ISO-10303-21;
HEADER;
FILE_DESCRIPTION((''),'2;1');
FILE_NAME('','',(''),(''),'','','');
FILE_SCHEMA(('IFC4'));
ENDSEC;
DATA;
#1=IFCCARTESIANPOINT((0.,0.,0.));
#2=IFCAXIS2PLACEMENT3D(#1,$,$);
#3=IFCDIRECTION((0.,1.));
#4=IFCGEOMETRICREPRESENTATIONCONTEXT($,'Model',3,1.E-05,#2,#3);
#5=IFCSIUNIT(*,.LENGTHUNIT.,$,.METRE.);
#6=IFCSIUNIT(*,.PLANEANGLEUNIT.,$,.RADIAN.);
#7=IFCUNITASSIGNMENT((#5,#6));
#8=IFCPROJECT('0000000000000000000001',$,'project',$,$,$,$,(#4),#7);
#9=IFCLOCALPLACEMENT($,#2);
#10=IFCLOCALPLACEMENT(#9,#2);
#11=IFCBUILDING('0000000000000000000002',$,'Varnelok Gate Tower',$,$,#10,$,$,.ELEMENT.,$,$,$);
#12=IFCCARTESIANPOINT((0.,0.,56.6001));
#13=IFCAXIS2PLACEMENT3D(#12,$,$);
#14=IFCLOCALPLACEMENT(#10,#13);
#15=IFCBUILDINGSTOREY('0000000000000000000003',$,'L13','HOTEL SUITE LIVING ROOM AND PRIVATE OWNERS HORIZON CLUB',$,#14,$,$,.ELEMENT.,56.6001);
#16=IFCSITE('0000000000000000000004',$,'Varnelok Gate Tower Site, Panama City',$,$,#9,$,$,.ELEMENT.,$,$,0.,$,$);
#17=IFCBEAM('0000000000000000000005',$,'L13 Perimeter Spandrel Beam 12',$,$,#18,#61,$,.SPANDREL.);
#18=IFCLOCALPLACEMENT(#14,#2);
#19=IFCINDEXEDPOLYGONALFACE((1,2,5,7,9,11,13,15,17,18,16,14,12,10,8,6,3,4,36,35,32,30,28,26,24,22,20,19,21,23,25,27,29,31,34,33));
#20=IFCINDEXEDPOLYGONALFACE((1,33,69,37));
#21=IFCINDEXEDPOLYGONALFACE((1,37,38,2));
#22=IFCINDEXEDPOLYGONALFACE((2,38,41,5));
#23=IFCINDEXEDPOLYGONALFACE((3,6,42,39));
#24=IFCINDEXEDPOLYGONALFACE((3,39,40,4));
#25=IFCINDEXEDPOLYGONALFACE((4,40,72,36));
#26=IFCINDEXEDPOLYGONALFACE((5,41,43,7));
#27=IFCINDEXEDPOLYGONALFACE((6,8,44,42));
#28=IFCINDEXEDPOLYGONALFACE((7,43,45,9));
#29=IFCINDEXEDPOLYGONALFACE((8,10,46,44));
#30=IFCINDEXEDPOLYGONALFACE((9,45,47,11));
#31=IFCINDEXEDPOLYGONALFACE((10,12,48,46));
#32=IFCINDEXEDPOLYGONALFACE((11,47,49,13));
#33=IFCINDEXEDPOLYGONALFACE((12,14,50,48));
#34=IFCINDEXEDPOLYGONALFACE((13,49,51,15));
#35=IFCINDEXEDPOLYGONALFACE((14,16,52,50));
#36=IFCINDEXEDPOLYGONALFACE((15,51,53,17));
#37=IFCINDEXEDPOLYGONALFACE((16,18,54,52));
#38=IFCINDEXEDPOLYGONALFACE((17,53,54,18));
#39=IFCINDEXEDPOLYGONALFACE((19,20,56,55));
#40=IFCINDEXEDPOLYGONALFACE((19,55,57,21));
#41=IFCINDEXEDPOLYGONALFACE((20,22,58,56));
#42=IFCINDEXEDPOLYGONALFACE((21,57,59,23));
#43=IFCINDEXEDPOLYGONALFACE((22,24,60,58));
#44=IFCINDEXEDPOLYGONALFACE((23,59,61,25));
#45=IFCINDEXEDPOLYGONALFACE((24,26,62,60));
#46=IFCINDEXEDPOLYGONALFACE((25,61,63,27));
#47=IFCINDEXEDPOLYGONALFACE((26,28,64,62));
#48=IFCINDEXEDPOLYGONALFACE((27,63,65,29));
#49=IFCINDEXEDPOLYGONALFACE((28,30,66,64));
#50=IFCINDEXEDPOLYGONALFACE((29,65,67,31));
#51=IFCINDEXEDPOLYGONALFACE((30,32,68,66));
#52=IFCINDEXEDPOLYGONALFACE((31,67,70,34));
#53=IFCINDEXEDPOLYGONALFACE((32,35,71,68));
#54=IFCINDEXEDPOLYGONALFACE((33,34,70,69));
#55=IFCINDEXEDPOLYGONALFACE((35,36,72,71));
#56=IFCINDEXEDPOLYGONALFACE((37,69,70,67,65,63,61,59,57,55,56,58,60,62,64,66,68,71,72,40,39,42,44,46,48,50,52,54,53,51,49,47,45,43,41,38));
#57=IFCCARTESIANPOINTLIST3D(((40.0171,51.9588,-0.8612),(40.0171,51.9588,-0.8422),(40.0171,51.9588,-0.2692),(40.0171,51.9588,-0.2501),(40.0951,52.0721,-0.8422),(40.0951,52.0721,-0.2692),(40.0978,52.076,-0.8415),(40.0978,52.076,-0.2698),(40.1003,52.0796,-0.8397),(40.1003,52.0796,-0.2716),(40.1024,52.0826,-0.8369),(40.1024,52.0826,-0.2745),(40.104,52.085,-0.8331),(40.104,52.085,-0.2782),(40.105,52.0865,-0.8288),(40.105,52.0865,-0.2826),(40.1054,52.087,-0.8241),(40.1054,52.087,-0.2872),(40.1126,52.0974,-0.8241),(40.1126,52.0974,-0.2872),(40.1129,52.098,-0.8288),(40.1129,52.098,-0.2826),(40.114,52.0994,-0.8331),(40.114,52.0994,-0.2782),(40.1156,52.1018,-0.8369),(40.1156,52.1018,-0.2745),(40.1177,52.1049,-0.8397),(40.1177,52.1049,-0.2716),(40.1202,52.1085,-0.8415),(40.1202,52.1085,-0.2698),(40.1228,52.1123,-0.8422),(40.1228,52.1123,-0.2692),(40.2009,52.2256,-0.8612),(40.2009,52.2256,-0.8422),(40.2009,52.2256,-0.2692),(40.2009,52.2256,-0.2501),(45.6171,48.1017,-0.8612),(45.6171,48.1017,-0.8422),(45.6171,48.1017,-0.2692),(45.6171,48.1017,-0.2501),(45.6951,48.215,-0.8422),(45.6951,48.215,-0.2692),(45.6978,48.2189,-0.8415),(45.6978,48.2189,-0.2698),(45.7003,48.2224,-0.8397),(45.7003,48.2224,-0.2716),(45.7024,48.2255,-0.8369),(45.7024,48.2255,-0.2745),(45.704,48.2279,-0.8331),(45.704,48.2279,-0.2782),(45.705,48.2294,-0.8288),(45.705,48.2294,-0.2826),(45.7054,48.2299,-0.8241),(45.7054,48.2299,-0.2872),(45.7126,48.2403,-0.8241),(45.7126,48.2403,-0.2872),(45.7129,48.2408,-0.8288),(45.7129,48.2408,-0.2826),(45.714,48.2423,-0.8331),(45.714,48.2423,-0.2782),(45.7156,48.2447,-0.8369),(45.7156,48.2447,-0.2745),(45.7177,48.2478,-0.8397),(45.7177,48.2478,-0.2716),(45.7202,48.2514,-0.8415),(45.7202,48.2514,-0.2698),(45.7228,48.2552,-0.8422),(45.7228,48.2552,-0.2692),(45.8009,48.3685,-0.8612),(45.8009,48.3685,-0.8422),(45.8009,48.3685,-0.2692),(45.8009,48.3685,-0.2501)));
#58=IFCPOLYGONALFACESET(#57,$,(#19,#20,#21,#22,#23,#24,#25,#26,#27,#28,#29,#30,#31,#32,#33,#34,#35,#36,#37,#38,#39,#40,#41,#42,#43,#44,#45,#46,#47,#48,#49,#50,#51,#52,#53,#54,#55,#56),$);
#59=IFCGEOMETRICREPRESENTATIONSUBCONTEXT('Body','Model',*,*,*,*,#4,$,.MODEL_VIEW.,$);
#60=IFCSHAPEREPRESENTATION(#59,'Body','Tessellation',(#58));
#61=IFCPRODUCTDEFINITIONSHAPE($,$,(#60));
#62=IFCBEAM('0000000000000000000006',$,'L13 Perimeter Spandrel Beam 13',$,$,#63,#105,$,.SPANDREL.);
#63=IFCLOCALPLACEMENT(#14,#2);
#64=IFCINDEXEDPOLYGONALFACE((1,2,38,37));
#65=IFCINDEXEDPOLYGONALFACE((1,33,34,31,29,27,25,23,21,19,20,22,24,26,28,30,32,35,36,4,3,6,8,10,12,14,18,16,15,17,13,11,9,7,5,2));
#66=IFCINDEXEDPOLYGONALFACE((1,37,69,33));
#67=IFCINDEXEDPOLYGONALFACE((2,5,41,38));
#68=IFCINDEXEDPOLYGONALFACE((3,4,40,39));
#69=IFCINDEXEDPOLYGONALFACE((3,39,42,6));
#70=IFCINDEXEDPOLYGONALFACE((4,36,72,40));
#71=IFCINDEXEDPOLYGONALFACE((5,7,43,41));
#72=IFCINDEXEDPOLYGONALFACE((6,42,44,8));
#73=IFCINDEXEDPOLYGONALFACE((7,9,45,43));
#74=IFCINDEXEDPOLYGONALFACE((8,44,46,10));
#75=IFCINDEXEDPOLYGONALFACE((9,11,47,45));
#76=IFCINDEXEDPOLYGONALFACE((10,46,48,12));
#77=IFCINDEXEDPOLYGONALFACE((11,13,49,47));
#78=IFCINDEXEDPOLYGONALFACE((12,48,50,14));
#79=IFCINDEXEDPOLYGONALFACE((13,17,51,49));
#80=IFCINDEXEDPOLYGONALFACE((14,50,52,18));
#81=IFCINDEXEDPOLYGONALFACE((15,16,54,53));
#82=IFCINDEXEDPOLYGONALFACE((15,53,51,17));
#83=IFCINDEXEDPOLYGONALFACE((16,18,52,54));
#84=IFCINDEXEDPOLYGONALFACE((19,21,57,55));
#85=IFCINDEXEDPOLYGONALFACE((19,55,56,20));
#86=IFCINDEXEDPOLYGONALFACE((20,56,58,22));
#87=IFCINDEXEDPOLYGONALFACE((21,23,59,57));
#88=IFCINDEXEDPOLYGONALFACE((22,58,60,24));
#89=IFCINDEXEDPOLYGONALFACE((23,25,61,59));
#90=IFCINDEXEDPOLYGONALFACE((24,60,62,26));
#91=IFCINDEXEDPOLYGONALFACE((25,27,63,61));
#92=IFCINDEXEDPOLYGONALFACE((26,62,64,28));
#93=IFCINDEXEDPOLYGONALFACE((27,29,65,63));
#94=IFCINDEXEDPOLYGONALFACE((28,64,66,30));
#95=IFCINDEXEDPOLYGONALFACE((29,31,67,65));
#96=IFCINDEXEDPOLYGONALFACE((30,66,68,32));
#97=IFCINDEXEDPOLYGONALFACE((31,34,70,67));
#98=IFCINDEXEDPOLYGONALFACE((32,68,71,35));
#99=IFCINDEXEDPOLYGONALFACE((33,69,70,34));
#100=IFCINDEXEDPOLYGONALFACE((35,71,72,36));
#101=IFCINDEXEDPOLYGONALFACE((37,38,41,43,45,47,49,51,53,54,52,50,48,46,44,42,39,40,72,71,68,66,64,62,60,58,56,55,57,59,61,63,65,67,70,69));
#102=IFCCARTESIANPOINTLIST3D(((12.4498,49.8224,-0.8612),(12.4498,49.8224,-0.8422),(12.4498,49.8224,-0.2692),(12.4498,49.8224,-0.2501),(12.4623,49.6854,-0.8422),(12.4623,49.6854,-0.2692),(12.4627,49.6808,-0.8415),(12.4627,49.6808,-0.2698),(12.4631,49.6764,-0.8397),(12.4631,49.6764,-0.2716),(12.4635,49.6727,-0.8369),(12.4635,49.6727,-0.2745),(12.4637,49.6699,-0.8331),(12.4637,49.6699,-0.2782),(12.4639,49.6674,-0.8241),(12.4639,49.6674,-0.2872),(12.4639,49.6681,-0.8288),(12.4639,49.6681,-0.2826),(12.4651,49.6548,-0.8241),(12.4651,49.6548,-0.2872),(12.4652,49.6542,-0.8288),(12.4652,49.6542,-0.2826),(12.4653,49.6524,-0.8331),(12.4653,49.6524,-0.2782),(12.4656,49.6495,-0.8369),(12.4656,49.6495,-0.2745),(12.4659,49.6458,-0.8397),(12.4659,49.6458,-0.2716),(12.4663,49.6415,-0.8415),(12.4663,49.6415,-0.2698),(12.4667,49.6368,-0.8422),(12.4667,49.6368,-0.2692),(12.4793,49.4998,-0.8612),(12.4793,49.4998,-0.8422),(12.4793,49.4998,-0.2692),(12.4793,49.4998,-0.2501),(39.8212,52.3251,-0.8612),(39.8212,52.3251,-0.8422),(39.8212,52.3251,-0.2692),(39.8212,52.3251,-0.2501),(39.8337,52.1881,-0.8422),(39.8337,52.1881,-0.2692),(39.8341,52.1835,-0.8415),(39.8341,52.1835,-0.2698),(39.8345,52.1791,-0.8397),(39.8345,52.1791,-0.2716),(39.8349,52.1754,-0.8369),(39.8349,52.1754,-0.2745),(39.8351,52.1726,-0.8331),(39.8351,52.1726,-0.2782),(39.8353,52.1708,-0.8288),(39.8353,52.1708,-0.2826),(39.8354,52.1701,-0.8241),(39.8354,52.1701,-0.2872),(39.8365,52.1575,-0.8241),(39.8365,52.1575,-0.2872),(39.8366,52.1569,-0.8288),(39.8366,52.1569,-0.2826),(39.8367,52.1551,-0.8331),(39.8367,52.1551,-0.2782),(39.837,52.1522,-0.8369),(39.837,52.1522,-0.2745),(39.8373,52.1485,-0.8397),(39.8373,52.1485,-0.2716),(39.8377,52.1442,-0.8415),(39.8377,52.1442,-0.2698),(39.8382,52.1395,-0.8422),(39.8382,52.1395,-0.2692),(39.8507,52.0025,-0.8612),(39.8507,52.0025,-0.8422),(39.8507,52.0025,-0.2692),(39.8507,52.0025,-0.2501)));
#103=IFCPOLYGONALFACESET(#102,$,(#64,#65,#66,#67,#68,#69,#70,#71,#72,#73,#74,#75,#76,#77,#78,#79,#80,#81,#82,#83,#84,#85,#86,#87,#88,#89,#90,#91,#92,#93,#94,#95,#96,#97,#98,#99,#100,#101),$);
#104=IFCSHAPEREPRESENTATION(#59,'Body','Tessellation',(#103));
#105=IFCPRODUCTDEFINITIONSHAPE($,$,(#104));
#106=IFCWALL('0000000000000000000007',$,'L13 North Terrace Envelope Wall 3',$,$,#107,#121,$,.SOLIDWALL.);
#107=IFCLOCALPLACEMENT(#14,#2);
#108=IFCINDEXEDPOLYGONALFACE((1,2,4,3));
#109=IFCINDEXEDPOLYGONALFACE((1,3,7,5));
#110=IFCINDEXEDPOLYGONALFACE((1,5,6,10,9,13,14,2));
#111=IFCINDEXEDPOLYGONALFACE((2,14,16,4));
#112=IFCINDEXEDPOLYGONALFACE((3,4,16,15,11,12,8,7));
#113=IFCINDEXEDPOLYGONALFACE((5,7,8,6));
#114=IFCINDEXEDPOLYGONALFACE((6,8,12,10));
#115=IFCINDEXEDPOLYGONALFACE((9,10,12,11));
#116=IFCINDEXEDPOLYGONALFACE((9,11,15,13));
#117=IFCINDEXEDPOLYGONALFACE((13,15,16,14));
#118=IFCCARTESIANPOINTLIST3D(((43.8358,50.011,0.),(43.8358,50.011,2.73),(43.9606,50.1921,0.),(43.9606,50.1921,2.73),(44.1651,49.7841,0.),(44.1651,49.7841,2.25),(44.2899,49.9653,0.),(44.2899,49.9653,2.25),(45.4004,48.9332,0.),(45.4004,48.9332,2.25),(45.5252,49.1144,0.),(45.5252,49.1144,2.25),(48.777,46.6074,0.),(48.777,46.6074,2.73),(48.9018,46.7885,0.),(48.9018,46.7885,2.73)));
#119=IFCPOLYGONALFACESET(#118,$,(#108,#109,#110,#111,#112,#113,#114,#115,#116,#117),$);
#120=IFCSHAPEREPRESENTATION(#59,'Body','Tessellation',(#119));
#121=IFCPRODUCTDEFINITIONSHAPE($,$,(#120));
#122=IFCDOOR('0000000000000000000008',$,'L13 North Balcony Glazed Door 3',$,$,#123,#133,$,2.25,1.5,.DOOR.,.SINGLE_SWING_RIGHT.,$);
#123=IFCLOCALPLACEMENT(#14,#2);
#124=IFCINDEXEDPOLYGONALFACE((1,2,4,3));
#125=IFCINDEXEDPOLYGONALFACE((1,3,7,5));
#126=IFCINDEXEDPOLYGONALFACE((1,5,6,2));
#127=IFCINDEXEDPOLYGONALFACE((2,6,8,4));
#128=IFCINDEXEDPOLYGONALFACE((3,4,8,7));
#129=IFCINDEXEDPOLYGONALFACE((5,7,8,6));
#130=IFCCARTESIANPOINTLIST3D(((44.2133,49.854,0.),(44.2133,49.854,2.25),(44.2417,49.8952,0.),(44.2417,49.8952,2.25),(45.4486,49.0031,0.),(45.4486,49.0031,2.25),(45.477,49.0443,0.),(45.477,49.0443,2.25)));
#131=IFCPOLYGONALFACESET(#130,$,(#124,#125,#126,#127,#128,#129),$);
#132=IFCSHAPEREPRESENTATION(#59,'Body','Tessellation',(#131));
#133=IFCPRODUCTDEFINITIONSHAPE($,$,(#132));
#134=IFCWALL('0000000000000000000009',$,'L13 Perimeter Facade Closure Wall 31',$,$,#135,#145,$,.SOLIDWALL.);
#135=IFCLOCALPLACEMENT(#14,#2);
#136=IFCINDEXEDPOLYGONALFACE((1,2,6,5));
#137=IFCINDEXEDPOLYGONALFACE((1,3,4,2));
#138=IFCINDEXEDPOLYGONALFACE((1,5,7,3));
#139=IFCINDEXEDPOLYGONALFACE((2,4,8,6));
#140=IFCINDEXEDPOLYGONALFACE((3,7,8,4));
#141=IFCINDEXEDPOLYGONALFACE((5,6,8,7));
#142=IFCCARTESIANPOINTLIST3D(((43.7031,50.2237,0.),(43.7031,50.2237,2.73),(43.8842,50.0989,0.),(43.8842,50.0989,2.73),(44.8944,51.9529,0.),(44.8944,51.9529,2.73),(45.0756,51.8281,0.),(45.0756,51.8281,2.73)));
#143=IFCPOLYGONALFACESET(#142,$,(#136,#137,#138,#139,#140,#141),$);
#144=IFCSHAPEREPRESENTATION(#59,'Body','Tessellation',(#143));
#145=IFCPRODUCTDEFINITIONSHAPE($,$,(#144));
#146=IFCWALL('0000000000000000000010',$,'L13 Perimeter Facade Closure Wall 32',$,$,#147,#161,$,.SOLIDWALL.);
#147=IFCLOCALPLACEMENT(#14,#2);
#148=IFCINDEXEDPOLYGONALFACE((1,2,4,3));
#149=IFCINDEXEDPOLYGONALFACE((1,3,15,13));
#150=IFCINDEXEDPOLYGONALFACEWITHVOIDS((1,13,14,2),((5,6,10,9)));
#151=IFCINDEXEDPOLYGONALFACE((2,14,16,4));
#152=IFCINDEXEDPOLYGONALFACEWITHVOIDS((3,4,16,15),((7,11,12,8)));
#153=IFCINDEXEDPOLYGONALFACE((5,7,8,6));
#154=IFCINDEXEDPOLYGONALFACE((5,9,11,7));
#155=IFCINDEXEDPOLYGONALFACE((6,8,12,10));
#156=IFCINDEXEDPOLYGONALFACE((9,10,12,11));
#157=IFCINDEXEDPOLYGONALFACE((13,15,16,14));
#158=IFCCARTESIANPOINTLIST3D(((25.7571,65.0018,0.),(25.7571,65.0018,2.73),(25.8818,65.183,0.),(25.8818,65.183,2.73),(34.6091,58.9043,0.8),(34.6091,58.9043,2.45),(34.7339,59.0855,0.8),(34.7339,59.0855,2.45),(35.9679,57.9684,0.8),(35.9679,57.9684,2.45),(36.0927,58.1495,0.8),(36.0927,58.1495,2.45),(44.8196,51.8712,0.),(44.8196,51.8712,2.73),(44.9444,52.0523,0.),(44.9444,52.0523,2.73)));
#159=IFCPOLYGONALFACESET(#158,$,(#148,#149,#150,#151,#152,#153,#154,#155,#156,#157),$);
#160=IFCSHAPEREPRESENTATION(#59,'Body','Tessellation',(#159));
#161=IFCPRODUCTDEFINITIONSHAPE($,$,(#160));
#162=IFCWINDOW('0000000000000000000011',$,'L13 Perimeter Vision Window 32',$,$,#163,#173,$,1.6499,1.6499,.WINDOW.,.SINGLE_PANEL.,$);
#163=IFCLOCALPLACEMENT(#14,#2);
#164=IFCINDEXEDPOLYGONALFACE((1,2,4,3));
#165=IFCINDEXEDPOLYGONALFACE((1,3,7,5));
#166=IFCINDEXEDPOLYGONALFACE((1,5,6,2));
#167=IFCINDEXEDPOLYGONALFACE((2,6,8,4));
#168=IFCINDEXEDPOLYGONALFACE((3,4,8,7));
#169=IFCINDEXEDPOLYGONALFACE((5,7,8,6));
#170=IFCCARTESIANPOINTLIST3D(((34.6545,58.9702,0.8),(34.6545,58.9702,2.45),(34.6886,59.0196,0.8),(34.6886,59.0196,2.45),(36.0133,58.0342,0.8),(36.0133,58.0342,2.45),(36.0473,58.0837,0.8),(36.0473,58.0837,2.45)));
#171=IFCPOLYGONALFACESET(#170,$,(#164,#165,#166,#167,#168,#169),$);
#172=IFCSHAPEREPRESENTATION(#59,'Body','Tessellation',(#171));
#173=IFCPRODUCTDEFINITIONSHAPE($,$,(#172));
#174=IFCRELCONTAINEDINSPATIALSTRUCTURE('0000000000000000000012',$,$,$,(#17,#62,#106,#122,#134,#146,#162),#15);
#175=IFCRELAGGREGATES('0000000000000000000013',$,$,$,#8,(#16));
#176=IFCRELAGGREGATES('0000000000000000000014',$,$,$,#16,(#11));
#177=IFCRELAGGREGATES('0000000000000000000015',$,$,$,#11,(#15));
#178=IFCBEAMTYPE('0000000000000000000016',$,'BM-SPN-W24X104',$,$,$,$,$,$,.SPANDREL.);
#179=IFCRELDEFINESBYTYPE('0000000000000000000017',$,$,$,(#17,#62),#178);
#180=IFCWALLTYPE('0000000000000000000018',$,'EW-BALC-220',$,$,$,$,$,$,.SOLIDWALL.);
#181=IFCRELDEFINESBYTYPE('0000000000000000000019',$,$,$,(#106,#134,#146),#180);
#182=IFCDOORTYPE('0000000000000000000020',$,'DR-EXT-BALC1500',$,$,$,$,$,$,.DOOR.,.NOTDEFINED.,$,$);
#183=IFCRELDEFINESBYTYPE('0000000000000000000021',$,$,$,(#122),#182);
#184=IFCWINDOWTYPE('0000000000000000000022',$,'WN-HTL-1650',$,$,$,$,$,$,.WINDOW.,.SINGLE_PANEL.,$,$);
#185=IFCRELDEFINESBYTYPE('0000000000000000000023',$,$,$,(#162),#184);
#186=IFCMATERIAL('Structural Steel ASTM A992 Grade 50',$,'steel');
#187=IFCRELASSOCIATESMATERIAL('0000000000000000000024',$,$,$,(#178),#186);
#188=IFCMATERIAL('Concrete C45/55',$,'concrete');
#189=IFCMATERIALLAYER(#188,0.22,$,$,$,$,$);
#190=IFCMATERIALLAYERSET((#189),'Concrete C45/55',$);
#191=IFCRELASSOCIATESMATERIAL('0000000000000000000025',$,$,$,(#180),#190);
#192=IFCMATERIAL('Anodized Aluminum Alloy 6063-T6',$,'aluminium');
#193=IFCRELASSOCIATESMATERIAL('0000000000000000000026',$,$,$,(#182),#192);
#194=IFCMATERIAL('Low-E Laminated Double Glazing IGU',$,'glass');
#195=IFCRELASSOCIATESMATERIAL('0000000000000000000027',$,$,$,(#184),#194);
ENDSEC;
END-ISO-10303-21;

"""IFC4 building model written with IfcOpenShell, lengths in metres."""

from ifc_helpers import new_model, si_unit, direction, frame, frame_2d, origin, origin_2d, place, context, subcontext, project, spatial, rectangle, i_section, extrude, material, layer, layer_set, material_profile, profile_set, type_object, element, fill, save


model = new_model("IFC4")

# Units and contexts
model_context = context("Model", 3, precision=1e-05, world=origin(), true_north=direction((0.0, 1.0)))
body_context = subcontext(model_context, "Body", "Model", "MODEL_VIEW")
ifc_project = project(units=[si_unit("LENGTHUNIT", "METRE"), si_unit("PLANEANGLEUNIT", "RADIAN")], contexts=[model_context])

# Site, building, storey
site_placement = place(None, origin())
site = spatial("IfcSite", under=ifc_project, at=site_placement, Name="Varnelok Gate Tower Site, Panama City", CompositionType="ELEMENT", RefElevation=0.0)
building_placement = place(site_placement, origin())
building = spatial("IfcBuilding", under=site, at=building_placement, Name="Varnelok Gate Tower", CompositionType="ELEMENT")
storey_placement = place(building_placement, frame((0.0, 0.0, 56.6001)))
storey = spatial("IfcBuildingStorey", under=building, at=storey_placement, Name="L13", Description="HOTEL SUITE LIVING ROOM AND PRIVATE OWNERS HORIZON CLUB", CompositionType="ELEMENT", Elevation=56.6001)

# Shared definitions
ifc_material_1 = material(Name="Structural Steel ASTM A992 Grade 50", Category="steel")

# Beams
ifc_material_profile_1 = material_profile(ifc_material_1, i_section(OverallWidth=0.324, OverallDepth=0.6111, WebThickness=0.0127, FlangeThickness=0.019, FilletRadius=0.0181, at=origin_2d()), Name="W24X104")
ifc_profile_set_1 = profile_set([ifc_material_profile_1], Name="Structural Steel ASTM A992 Grade 50")
beam_type_1 = type_object("IfcBeamType", Name="BM-SPN-W24X104", PredefinedType="SPANDREL", material=ifc_profile_set_1)
beam_1_placement = place(storey_placement, frame((45.709, 48.2351, -0.5557), z_axis=(-0.823553, 0.567239, 0.0), x_axis=(-0.567239, -0.823553, 0.0)))
element("IfcBeam", 1, at=beam_1_placement, inside=storey, type_object=beam_type_1, Name="L13 Perimeter Spandrel Beam 12", PredefinedType="SPANDREL", context=body_context, shape_type="SweptSolid", body=[
    extrude(i_section(OverallWidth=0.324, OverallDepth=0.6111, WebThickness=0.0127, FlangeThickness=0.019, FilletRadius=0.0181, at=origin_2d()), origin(), (0.0, 0.0, 1.0), 6.7998),
])
beam_2_placement = place(storey_placement, frame((39.8359, 52.1638, -0.5557), z_axis=(-0.995846, -0.091055, 0.0), x_axis=(0.091055, -0.995846, 0.0)))
element("IfcBeam", 2, at=beam_2_placement, inside=storey, type_object=beam_type_1, Name="L13 Perimeter Spandrel Beam 13", PredefinedType="SPANDREL", context=body_context, shape_type="SweptSolid", body=[
    extrude(i_section(OverallWidth=0.324, OverallDepth=0.6111, WebThickness=0.0127, FlangeThickness=0.019, FilletRadius=0.0181, at=origin_2d()), origin(), (0.0, 0.0, 1.0), 27.4856),
])

# Wall, opening, door
ifc_material_2 = material(Name="Concrete C45/55", Category="concrete")
ifc_layer_1 = layer(ifc_material_2, 0.22)
ifc_layer_set_1 = layer_set([ifc_layer_1], Name="Concrete C45/55")
wall_type_1 = type_object("IfcWallType", Name="EW-BALC-220", PredefinedType="SOLIDWALL", material=ifc_layer_set_1)
wall_1_placement = place(storey_placement, frame((43.8982, 50.1016, 0.0), z_axis=(0.0, 0.0, 1.0), x_axis=(0.823535, -0.567266, 0.0)))
wall_1 = element("IfcWall", 3, at=wall_1_placement, inside=storey, type_object=wall_type_1, Name="L13 North Terrace Envelope Wall 3", PredefinedType="SOLIDWALL", context=body_context, shape_type="SweptSolid", body=[
    extrude(rectangle(XDim=6.0, YDim=0.22, at=frame_2d((3.0, 0.0))), origin(), (0.0, 0.0, 1.0), 2.73),
])
opening_1_placement = place(wall_1_placement, frame((0.3999, 0.0, 0.0)))
opening_1 = element("IfcOpeningElement", 4, at=opening_1_placement, cuts=wall_1, PredefinedType="OPENING", context=body_context, shape_type="SweptSolid", body=[
    extrude(rectangle(XDim=1.5, YDim=2.25, at=frame_2d((0.75, 1.125))), frame((0.0, 0.1199, 0.0), z_axis=(0.0, -1.0, 0.0), x_axis=(1.0, 0.0, 0.0)), (0.0, 0.0, 1.0), 0.24),
])
ifc_material_3 = material(Name="Anodized Aluminum Alloy 6063-T6", Category="aluminium")
door_type_1 = type_object("IfcDoorType", Name="DR-EXT-BALC1500", OperationType="NOTDEFINED", PredefinedType="DOOR", material=ifc_material_3)
door_1_placement = place(opening_1_placement, origin())
door_1 = element("IfcDoor", 5, at=door_1_placement, inside=storey, type_object=door_type_1, Name="L13 North Balcony Glazed Door 3", OperationType="SINGLE_SWING_RIGHT", OverallHeight=2.25, OverallWidth=1.5, PredefinedType="DOOR", context=body_context, shape_type="SweptSolid", body=[
    extrude(rectangle(XDim=1.5, YDim=2.25, at=frame_2d((0.75, 1.125))), frame((0.0, 0.0249, 0.0), z_axis=(0.0, -1.0, 0.0), x_axis=(1.0, 0.0, 0.0)), (0.0, 0.0, 1.0), 0.05),
])
fill(opening_1, door_1)

# Wall
wall_2_placement = place(storey_placement, frame((43.7937, 50.1614, 0.0), z_axis=(0.0, 0.0, 1.0), x_axis=(0.567353, 0.823475, 0.0)))
element("IfcWall", 6, at=wall_2_placement, inside=storey, type_object=wall_type_1, Name="L13 Perimeter Facade Closure Wall 31", PredefinedType="SOLIDWALL", context=body_context, shape_type="SweptSolid", body=[
    extrude(rectangle(XDim=2.0999, YDim=0.22, at=frame_2d((1.0498, 0.0))), origin(), (0.0, 0.0, 1.0), 2.73),
])

# Wall, opening, window
wall_3_placement = place(storey_placement, frame((44.8821, 51.9617, 0.0), z_axis=(0.0, 0.0, 1.0), x_axis=(-0.823534, 0.567266, 0.0)))
wall_3 = element("IfcWall", 7, at=wall_3_placement, inside=storey, type_object=wall_type_1, Name="L13 Perimeter Facade Closure Wall 32", PredefinedType="SOLIDWALL", context=body_context, shape_type="SweptSolid", body=[
    extrude(rectangle(XDim=23.1472, YDim=0.22, at=frame_2d((11.5737, 0.0))), origin(), (0.0, 0.0, 1.0), 2.73),
])
opening_2_placement = place(wall_3_placement, frame((10.7485, 0.0, 0.8)))
opening_2 = element("IfcOpeningElement", 8, at=opening_2_placement, cuts=wall_3, PredefinedType="OPENING", context=body_context, shape_type="SweptSolid", body=[
    extrude(rectangle(XDim=1.6499, YDim=1.6499, at=frame_2d((0.825, 0.825))), frame((0.0, 0.1199, 0.0), z_axis=(0.0, -1.0, 0.0), x_axis=(1.0, 0.0, 0.0)), (0.0, 0.0, 1.0), 0.24),
])
ifc_material_4 = material(Name="Low-E Laminated Double Glazing IGU", Category="glass")
window_type = type_object("IfcWindowType", Name="WN-HTL-1650", PartitioningType="SINGLE_PANEL", PredefinedType="WINDOW", material=ifc_material_4)
window_placement = place(opening_2_placement, origin())
window = element("IfcWindow", 9, at=window_placement, inside=storey, type_object=window_type, Name="L13 Perimeter Vision Window 32", OverallHeight=1.6499, OverallWidth=1.6499, PartitioningType="SINGLE_PANEL", PredefinedType="WINDOW", context=body_context, shape_type="SweptSolid", body=[
    extrude(rectangle(XDim=1.6499, YDim=1.6499, at=frame_2d((0.825, 0.825))), frame((0.0, 0.03, 0.0), z_axis=(0.0, -1.0, 0.0), x_axis=(1.0, 0.0, 0.0)), (0.0, 0.0, 1.0), 0.0601),
])
fill(opening_2, window)

save(model, "model.ifc")
